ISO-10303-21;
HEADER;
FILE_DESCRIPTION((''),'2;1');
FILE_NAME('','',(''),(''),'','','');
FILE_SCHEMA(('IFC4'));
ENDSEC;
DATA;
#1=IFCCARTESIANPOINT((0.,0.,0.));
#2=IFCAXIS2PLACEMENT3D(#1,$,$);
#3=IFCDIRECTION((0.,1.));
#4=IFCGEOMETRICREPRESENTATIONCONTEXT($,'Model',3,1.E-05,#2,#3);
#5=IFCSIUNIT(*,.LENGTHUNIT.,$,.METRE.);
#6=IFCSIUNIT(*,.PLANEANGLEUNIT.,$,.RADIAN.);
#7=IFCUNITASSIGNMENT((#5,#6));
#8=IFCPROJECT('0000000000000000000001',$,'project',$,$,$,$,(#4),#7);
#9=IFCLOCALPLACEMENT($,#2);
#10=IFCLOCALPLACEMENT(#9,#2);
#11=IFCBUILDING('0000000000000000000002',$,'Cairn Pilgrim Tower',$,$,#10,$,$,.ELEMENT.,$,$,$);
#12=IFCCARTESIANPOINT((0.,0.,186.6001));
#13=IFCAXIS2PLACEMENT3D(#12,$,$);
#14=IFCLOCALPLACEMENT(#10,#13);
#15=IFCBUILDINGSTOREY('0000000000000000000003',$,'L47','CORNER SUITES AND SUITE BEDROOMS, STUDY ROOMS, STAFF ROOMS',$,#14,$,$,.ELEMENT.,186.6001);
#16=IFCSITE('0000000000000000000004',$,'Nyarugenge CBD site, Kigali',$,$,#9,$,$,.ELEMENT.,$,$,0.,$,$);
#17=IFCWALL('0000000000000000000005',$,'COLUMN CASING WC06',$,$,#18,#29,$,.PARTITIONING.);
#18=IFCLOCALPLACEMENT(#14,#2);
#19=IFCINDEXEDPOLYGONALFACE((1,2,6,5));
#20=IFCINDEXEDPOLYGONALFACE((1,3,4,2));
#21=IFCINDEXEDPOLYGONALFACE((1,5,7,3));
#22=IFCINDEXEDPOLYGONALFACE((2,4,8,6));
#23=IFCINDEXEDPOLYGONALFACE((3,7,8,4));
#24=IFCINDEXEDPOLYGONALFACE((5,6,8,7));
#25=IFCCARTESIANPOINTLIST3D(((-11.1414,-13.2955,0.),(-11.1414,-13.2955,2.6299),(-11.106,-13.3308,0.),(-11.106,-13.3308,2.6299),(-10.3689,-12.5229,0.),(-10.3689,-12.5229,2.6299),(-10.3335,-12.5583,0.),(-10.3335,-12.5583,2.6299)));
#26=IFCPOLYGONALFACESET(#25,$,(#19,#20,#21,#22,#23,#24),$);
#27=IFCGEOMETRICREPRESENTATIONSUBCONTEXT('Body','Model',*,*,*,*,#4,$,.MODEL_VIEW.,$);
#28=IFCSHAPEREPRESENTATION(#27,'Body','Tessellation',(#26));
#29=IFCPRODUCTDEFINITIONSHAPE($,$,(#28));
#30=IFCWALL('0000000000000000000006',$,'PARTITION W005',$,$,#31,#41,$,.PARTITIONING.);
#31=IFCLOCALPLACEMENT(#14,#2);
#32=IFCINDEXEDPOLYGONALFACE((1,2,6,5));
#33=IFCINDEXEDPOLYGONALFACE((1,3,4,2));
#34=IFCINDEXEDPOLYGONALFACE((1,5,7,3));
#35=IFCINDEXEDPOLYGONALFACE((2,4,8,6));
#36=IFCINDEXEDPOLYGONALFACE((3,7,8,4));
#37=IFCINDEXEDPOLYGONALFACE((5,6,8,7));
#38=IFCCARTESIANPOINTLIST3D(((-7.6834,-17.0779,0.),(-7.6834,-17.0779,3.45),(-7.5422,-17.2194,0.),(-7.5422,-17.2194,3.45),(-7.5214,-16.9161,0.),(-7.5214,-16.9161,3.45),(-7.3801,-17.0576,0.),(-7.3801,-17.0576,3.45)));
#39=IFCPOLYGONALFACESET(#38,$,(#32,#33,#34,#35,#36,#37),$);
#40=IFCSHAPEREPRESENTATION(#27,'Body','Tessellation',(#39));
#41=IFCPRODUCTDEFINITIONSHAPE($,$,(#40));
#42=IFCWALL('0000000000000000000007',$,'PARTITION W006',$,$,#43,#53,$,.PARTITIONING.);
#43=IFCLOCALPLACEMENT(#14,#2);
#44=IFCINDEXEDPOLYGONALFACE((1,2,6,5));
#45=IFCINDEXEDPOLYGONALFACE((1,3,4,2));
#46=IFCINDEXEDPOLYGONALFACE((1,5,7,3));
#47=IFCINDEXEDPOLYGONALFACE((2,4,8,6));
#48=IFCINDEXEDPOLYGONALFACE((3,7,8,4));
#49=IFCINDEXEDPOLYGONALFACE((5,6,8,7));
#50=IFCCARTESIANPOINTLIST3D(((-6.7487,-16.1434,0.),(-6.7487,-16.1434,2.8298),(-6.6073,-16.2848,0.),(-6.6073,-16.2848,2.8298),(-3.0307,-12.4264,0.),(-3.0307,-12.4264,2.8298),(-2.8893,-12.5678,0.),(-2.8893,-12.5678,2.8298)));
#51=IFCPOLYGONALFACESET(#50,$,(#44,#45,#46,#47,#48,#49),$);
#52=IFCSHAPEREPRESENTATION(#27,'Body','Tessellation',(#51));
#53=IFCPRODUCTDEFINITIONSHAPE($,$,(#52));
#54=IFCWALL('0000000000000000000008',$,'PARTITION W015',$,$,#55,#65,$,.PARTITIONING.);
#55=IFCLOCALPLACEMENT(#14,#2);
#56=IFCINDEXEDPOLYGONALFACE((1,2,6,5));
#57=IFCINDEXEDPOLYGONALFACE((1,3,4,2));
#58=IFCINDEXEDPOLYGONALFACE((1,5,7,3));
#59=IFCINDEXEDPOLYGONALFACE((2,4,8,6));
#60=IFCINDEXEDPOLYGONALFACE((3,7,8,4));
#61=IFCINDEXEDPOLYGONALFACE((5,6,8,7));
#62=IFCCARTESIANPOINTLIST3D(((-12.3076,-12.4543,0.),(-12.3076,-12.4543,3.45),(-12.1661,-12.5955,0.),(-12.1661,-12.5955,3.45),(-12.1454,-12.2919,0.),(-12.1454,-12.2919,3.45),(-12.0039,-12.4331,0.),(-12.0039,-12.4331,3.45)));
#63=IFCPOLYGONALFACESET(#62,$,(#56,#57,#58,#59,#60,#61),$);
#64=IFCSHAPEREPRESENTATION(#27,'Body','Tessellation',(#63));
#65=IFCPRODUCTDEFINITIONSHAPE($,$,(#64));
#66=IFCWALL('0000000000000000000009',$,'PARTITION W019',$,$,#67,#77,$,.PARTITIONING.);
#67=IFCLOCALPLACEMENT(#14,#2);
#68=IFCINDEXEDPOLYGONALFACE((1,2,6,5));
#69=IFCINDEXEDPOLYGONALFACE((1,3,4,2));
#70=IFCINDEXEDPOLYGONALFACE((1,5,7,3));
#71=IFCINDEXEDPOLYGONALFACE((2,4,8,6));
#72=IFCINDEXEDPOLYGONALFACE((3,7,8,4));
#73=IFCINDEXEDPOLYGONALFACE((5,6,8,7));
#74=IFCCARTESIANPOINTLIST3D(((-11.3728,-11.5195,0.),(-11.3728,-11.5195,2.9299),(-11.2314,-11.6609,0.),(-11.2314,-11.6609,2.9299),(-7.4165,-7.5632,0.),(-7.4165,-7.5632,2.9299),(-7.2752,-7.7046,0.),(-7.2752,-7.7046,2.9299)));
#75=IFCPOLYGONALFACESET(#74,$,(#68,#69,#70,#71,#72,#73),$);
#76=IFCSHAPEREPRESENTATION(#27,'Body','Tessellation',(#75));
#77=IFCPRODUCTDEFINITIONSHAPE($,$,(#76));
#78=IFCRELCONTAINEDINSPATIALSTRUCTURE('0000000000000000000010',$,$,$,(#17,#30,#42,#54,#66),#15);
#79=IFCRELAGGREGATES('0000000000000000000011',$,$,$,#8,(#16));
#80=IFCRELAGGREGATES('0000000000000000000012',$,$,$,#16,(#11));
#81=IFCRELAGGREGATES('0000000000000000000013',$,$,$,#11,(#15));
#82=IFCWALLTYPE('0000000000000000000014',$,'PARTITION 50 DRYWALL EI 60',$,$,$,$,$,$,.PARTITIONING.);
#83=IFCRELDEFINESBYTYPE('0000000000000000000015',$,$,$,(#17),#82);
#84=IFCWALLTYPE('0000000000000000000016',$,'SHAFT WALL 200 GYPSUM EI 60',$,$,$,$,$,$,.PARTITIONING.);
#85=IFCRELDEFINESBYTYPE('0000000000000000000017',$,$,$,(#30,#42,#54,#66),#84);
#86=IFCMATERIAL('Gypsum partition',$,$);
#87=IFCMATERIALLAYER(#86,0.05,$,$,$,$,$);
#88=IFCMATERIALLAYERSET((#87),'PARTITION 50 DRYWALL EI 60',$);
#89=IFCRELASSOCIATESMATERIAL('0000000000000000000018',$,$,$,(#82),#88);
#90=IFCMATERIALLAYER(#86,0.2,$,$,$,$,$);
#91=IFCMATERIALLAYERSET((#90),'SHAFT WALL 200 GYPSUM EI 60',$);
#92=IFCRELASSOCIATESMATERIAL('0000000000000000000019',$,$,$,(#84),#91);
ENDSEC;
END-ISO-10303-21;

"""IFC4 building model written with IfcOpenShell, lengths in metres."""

from ifc_helpers import new_model, si_unit, direction, frame, frame_2d, origin, place, context, subcontext, project, spatial, rectangle, extrude, material, layer, layer_set, type_object, element, save


model = new_model("IFC4")

# Units and contexts
model_context = context("Model", 3, precision=1e-05, world=origin(), true_north=direction((0.0, 1.0)))
body_context = subcontext(model_context, "Body", "Model", "MODEL_VIEW")
ifc_project = project(units=[si_unit("LENGTHUNIT", "METRE"), si_unit("PLANEANGLEUNIT", "RADIAN")], contexts=[model_context])

# Site, building, storey
site_placement = place(None, origin())
site = spatial("IfcSite", under=ifc_project, at=site_placement, Name="Nyarugenge CBD site, Kigali", CompositionType="ELEMENT", RefElevation=0.0)
building_placement = place(site_placement, origin())
building = spatial("IfcBuilding", under=site, at=building_placement, Name="Cairn Pilgrim Tower", CompositionType="ELEMENT")
storey_placement = place(building_placement, frame((0.0, 0.0, 186.6001)))
storey = spatial("IfcBuildingStorey", under=building, at=storey_placement, Name="L47", Description="CORNER SUITES AND SUITE BEDROOMS, STUDY ROOMS, STAFF ROOMS", CompositionType="ELEMENT", Elevation=186.6001)

# Shared definitions
ifc_material_1 = material(Name="Gypsum partition")

# Walls
ifc_layer_1 = layer(ifc_material_1, 0.05)
ifc_layer_set_1 = layer_set([ifc_layer_1], Name="PARTITION 50 DRYWALL EI 60")
wall_type_1 = type_object("IfcWallType", Name="PARTITION 50 DRYWALL EI 60", PredefinedType="PARTITIONING", material=ifc_layer_set_1)
wall_1_placement = place(storey_placement, frame((-11.1238, -13.3132, 0.0), z_axis=(0.0, 0.0, 1.0), x_axis=(0.707107, 0.707107, 0.0)))
element("IfcWall", 1, at=wall_1_placement, inside=storey, type_object=wall_type_1, Name="COLUMN CASING WC06", PredefinedType="PARTITIONING", context=body_context, shape_type="SweptSolid", body=[
    extrude(rectangle(XDim=1.0925, YDim=0.05, at=frame_2d((0.5464, 0.0))), origin(), (0.0, 0.0, 1.0), 2.6299),
])
ifc_layer_2 = layer(ifc_material_1, 0.2)
ifc_layer_set_2 = layer_set([ifc_layer_2], Name="SHAFT WALL 200 GYPSUM EI 60")
wall_type_2 = type_object("IfcWallType", Name="SHAFT WALL 200 GYPSUM EI 60", PredefinedType="PARTITIONING", material=ifc_layer_set_2)
wall_2_placement = place(storey_placement, frame((-7.6128, -17.1487, 0.0), z_axis=(0.0, 0.0, 1.0), x_axis=(0.707639, 0.706574, 0.0)))
element("IfcWall", 2, at=wall_2_placement, inside=storey, type_object=wall_type_2, Name="PARTITION W005", PredefinedType="PARTITIONING", context=body_context, shape_type="SweptSolid", body=[
    extrude(rectangle(XDim=0.229, YDim=0.2, at=frame_2d((0.1145, 0.0))), origin(), (0.0, 0.0, 1.0), 3.45),
])
wall_3_placement = place(storey_placement, frame((-6.678, -16.2141, 0.0), z_axis=(0.0, 0.0, 1.0), x_axis=(0.7072, 0.707014, 0.0)))
element("IfcWall", 3, at=wall_3_placement, inside=storey, type_object=wall_type_2, Name="PARTITION W006", PredefinedType="PARTITIONING", context=body_context, shape_type="SweptSolid", body=[
    extrude(rectangle(XDim=5.2573, YDim=0.2, at=frame_2d((2.6287, 0.0))), origin(), (0.0, 0.0, 1.0), 2.8298),
])
wall_4_placement = place(storey_placement, frame((-12.2368, -12.5249, 0.0), z_axis=(0.0, 0.0, 1.0), x_axis=(0.706575, 0.707639, 0.0)))
element("IfcWall", 4, at=wall_4_placement, inside=storey, type_object=wall_type_2, Name="PARTITION W015", PredefinedType="PARTITIONING", context=body_context, shape_type="SweptSolid", body=[
    extrude(rectangle(XDim=0.2295, YDim=0.2, at=frame_2d((0.1147, 0.0))), origin(), (0.0, 0.0, 1.0), 3.45),
])
wall_5_placement = place(storey_placement, frame((-11.302, -11.5901, 0.0), z_axis=(0.0, 0.0, 1.0), x_axis=(0.707107, 0.707107, 0.0)))
element("IfcWall", 5, at=wall_5_placement, inside=storey, type_object=wall_type_2, Name="PARTITION W019", PredefinedType="PARTITIONING", context=body_context, shape_type="SweptSolid", body=[
    extrude(rectangle(XDim=5.595, YDim=0.2, at=frame_2d((2.7974, 0.0))), origin(), (0.0, 0.0, 1.0), 2.9299),
])

save(model, "model.ifc")
